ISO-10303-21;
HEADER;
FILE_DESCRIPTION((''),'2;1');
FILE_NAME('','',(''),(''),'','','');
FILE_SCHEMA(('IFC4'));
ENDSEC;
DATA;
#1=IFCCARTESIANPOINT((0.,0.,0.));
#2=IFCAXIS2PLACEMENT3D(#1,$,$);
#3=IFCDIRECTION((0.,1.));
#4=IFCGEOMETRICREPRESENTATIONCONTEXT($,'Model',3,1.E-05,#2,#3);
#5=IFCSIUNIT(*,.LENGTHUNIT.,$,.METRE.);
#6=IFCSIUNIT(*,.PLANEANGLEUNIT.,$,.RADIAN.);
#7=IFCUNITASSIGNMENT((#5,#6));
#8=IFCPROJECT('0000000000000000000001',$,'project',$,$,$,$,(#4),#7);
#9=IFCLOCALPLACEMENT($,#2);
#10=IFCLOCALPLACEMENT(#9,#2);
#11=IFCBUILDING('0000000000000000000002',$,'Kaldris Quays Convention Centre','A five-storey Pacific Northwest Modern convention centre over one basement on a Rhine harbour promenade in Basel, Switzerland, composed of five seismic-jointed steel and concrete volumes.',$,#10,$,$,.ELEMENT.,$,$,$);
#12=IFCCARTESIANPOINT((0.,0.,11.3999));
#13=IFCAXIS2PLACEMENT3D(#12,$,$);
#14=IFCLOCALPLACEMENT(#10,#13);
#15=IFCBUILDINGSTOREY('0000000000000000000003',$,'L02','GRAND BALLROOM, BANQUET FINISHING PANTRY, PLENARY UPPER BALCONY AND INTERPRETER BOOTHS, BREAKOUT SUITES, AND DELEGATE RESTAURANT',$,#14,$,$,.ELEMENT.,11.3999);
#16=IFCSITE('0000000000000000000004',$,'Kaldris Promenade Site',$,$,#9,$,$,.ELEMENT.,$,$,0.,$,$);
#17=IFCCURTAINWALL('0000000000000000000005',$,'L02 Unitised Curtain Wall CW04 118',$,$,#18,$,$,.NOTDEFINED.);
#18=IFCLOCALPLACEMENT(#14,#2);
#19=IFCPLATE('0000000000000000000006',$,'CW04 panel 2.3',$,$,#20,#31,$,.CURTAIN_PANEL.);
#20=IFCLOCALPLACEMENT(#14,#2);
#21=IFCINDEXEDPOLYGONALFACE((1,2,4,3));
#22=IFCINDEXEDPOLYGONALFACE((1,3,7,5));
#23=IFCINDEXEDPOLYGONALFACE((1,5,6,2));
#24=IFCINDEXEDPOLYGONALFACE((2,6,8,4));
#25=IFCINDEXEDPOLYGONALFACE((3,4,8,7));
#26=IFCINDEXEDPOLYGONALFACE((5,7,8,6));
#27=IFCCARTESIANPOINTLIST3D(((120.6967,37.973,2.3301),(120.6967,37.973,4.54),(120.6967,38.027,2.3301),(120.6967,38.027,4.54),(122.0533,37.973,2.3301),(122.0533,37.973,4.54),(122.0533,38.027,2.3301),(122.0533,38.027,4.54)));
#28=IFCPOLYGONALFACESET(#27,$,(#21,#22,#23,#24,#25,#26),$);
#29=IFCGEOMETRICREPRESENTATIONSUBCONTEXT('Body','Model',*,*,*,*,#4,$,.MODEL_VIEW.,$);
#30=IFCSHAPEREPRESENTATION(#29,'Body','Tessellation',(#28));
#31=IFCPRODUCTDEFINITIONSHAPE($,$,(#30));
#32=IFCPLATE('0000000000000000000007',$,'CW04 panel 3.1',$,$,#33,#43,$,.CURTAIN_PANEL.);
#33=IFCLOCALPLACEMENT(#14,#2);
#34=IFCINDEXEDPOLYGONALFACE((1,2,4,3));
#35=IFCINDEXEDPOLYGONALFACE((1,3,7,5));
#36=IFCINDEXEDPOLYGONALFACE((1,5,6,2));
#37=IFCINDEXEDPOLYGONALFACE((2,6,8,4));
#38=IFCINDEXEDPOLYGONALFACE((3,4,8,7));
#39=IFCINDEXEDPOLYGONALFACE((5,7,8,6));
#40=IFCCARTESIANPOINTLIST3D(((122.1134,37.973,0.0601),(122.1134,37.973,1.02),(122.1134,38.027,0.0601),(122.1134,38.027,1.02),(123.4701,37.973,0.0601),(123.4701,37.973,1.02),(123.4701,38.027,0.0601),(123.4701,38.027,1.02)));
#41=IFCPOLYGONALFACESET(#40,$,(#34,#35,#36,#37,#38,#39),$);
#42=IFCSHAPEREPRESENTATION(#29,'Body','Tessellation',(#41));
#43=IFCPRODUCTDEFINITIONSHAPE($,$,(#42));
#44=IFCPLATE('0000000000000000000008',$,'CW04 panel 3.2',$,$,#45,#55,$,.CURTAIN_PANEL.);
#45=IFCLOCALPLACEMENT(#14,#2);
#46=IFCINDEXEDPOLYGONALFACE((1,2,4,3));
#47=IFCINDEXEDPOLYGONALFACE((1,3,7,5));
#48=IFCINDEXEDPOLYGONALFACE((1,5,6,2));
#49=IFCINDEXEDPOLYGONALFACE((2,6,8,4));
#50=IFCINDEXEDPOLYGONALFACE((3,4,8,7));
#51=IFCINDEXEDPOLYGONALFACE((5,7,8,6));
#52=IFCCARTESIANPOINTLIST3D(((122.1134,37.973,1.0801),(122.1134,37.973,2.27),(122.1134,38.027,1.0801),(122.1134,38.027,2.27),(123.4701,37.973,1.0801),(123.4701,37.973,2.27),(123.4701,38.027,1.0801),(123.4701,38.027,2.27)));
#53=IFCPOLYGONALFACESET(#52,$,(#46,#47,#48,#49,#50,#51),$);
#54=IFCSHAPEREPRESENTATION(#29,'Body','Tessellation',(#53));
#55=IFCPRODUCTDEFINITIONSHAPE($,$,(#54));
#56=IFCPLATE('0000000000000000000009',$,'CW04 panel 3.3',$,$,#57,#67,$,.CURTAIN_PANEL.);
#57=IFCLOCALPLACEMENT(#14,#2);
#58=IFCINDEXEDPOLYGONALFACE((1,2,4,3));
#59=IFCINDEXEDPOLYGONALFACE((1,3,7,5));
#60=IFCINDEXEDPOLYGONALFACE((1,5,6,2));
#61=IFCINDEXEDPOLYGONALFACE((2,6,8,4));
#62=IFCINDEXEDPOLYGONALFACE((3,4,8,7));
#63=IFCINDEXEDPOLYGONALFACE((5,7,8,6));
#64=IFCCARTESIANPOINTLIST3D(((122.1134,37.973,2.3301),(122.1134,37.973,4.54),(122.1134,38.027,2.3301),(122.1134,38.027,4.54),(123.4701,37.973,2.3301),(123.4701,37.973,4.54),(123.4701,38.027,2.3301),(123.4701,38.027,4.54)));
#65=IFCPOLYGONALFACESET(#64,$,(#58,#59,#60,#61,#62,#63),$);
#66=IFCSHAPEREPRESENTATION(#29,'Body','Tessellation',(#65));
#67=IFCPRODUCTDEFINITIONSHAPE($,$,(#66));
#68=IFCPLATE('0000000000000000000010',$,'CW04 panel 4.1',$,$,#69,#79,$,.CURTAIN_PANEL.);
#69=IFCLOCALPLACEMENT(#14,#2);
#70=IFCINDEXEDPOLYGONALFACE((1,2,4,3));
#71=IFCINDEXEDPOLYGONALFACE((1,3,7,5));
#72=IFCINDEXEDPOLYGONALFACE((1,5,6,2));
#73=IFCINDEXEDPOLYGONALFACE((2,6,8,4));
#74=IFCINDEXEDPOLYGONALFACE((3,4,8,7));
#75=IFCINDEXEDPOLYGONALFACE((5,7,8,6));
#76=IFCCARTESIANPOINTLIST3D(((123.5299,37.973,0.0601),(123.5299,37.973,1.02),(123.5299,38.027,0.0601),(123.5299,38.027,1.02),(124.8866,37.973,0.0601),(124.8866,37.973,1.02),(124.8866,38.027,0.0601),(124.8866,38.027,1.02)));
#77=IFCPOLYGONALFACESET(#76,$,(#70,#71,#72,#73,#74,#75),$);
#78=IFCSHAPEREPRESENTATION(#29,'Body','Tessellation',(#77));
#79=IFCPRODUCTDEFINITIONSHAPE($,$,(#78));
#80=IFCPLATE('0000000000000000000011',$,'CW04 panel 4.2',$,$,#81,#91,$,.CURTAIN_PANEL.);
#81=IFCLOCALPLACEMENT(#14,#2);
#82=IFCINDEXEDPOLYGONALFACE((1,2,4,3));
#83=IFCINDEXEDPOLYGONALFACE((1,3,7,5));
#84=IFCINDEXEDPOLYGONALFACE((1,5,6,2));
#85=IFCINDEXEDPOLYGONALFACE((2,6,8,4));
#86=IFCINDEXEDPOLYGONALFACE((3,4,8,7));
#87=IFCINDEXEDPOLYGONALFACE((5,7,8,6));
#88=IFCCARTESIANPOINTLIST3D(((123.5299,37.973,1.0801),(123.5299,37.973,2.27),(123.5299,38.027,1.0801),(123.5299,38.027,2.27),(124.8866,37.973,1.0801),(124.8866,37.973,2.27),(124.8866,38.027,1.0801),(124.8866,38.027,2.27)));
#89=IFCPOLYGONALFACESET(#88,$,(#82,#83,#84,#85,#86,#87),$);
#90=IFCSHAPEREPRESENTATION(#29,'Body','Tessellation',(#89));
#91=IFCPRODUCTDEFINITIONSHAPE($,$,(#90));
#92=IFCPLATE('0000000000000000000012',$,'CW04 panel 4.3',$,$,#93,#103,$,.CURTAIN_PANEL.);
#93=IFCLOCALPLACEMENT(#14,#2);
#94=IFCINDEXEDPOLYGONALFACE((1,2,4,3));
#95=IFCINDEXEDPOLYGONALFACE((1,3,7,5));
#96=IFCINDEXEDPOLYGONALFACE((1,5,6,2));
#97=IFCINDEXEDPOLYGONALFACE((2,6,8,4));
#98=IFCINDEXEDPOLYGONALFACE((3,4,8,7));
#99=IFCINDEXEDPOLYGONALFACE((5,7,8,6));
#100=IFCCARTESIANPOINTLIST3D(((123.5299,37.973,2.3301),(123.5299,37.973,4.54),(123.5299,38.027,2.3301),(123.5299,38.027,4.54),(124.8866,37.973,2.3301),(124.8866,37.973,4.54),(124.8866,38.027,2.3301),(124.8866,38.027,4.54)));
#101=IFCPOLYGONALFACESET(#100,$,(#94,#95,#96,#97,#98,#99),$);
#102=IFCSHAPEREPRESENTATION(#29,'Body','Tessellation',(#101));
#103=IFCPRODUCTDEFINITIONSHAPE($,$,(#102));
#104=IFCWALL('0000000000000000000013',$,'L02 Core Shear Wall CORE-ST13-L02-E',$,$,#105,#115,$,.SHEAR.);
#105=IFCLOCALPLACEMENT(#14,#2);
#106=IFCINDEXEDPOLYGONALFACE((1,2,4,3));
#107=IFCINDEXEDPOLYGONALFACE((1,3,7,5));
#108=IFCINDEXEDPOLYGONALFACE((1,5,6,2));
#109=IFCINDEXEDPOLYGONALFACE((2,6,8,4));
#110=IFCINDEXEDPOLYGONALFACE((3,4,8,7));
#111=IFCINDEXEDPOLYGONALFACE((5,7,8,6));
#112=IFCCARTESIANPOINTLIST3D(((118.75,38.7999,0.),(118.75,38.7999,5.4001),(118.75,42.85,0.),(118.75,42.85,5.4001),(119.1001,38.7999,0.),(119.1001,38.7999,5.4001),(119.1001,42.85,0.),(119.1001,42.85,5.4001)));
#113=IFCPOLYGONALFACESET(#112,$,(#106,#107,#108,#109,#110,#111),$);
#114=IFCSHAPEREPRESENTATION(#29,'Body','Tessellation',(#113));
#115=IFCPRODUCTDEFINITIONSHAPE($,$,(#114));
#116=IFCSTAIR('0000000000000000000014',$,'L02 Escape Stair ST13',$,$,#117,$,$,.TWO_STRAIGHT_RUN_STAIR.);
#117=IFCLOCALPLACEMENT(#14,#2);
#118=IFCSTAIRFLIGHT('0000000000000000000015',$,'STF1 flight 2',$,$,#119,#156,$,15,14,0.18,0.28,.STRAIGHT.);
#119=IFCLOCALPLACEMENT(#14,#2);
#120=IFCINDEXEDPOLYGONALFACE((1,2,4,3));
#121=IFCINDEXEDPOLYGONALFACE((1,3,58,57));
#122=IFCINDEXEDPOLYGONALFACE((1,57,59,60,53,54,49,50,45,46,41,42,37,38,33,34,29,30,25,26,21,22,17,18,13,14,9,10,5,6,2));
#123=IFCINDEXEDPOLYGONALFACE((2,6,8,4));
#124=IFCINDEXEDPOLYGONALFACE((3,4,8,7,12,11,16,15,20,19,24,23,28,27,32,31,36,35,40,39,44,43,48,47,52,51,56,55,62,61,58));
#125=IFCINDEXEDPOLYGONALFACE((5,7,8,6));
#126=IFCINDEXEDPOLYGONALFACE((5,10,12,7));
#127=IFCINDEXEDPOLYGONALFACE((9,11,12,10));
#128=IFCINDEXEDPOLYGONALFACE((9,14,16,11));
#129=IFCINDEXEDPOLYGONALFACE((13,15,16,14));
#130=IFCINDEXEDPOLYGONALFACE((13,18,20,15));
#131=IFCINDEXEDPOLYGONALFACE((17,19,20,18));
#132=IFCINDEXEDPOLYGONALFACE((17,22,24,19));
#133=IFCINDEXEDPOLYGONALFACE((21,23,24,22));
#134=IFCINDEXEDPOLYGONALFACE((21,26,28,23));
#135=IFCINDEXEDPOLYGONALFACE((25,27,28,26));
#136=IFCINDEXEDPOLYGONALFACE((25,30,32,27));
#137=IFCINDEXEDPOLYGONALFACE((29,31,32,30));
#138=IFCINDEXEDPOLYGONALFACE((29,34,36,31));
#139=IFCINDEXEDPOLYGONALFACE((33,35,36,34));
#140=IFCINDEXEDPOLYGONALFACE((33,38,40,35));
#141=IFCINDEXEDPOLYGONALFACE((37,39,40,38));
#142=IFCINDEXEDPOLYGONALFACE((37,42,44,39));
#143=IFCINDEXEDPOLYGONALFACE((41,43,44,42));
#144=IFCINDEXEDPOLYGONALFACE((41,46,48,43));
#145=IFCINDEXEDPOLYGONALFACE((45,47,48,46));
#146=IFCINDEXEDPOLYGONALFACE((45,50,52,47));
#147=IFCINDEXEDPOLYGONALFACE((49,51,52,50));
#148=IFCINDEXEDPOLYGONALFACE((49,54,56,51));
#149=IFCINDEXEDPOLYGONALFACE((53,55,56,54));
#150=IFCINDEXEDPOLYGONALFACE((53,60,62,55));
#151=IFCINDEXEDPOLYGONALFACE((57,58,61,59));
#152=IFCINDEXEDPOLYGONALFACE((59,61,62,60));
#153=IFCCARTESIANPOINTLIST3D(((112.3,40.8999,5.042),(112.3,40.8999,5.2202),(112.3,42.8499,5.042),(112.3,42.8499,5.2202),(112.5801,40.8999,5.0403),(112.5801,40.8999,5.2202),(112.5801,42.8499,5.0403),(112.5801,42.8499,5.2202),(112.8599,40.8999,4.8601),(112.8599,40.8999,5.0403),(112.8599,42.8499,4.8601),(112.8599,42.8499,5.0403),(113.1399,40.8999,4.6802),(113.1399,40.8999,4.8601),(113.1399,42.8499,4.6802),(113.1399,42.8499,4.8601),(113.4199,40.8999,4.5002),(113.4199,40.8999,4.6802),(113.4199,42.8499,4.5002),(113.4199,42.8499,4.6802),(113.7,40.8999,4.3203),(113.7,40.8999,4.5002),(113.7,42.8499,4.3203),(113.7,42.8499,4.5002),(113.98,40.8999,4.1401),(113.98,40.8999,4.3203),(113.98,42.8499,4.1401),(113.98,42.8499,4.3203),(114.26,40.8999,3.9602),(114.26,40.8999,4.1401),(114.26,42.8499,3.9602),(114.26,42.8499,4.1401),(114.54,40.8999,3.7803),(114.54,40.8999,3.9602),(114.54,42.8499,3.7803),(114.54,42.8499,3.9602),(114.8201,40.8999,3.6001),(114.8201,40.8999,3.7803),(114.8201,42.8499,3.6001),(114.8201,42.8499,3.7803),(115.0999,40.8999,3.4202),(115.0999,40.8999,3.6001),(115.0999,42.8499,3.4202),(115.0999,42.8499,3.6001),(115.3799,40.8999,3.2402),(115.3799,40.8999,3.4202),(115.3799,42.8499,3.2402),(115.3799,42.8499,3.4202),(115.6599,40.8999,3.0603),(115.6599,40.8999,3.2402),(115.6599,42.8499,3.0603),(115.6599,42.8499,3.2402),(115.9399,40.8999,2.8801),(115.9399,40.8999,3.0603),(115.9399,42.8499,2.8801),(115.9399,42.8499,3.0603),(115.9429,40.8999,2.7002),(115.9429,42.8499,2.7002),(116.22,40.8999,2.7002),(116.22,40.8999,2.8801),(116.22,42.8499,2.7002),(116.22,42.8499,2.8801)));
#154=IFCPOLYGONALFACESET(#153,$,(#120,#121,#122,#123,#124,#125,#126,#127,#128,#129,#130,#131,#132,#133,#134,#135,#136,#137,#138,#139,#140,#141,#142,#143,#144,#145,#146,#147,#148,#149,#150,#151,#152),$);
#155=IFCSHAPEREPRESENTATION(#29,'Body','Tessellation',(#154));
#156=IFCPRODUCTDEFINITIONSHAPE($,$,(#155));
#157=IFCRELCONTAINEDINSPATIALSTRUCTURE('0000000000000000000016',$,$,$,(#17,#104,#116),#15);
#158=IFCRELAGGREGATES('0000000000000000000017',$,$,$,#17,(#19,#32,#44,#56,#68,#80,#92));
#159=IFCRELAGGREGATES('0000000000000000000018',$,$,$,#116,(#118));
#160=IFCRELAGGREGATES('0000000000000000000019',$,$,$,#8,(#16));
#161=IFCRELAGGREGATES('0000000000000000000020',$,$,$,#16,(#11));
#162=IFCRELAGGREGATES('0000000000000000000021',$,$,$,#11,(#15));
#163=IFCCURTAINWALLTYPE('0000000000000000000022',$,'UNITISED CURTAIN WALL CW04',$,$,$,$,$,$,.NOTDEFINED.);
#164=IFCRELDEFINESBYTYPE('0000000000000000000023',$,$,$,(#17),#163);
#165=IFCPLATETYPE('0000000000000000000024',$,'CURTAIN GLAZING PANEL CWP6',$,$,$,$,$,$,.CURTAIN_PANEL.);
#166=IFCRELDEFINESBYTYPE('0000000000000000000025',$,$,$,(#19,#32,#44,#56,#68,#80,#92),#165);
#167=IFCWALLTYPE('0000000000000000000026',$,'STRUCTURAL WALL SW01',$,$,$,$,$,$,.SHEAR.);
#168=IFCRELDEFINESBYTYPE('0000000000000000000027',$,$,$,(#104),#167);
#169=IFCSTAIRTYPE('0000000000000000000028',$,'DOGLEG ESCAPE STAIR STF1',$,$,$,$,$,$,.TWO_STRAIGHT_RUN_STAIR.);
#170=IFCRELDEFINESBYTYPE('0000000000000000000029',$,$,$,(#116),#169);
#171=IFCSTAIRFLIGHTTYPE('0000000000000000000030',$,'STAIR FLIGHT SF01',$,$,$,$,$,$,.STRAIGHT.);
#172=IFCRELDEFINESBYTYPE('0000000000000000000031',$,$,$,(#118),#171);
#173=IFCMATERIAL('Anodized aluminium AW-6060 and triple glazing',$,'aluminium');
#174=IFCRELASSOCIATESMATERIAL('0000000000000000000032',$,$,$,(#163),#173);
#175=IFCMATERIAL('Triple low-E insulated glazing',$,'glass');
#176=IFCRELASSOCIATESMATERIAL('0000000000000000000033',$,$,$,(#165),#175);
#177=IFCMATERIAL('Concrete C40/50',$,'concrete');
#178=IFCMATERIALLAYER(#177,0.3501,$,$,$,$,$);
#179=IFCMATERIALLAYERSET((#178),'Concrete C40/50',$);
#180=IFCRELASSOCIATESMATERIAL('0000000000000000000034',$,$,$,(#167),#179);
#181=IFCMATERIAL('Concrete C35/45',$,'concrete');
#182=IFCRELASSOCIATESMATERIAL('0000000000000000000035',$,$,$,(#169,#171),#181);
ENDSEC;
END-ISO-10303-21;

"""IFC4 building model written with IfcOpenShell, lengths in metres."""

from ifc_helpers import new_model, si_unit, direction, frame, frame_2d, origin, origin_2d, place, context, subcontext, project, spatial, polyline, rectangle, outline, extrude, material, layer, layer_set, type_object, element, aggregate, save


model = new_model("IFC4")

# Units and contexts
model_context = context("Model", 3, precision=1e-05, world=origin(), true_north=direction((0.0, 1.0)))
body_context = subcontext(model_context, "Body", "Model", "MODEL_VIEW")
ifc_project = project(units=[si_unit("LENGTHUNIT", "METRE"), si_unit("PLANEANGLEUNIT", "RADIAN")], contexts=[model_context])

# Site, building, storey
site_placement = place(None, origin())
site = spatial("IfcSite", under=ifc_project, at=site_placement, Name="Kaldris Promenade Site", CompositionType="ELEMENT", RefElevation=0.0)
building_placement = place(site_placement, origin())
building = spatial("IfcBuilding", under=site, at=building_placement, Name="Kaldris Quays Convention Centre", Description="A five-storey Pacific Northwest Modern convention centre over one basement on a Rhine harbour promenade in Basel, Switzerland, composed of five seismic-jointed steel and concrete volumes.", CompositionType="ELEMENT")
storey_placement = place(building_placement, frame((0.0, 0.0, 11.3999)))
storey = spatial("IfcBuildingStorey", under=building, at=storey_placement, Name="L02", Description="GRAND BALLROOM, BANQUET FINISHING PANTRY, PLENARY UPPER BALCONY AND INTERPRETER BOOTHS, BREAKOUT SUITES, AND DELEGATE RESTAURANT", CompositionType="ELEMENT", Elevation=11.3999)

# Curtain wall, plates
ifc_material_1 = material(Name="Anodized aluminium AW-6060 and triple glazing", Category="aluminium")
curtain_wall_type = type_object("IfcCurtainWallType", Name="UNITISED CURTAIN WALL CW04", PredefinedType="NOTDEFINED", material=ifc_material_1)
curtain_wall_placement = place(storey_placement, origin())
curtain_wall = element("IfcCurtainWall", 1, at=curtain_wall_placement, inside=storey, type_object=curtain_wall_type, Name="L02 Unitised Curtain Wall CW04 118", PredefinedType="NOTDEFINED")
ifc_material_2 = material(Name="Triple low-E insulated glazing", Category="glass")
plate_type = type_object("IfcPlateType", Name="CURTAIN GLAZING PANEL CWP6", PredefinedType="CURTAIN_PANEL", material=ifc_material_2)
plate_1_placement = place(storey_placement, frame((121.375, 38.0, 2.3301), z_axis=(0.0, 0.0, 1.0), x_axis=(1.0, 0.0, 0.0)))
plate_1 = element("IfcPlate", 2, at=plate_1_placement, type_object=plate_type, Name="CW04 panel 2.3", PredefinedType="CURTAIN_PANEL", context=body_context, shape_type="SweptSolid", body=[
    extrude(rectangle(XDim=1.3567, YDim=0.054, at=origin_2d()), origin(), (0.0, 0.0, 1.0), 2.21),
])
plate_2_placement = place(storey_placement, frame((122.7917, 38.0, 0.0601), z_axis=(0.0, 0.0, 1.0), x_axis=(1.0, 0.0, 0.0)))
plate_2 = element("IfcPlate", 3, at=plate_2_placement, type_object=plate_type, Name="CW04 panel 3.1", PredefinedType="CURTAIN_PANEL", context=body_context, shape_type="SweptSolid", body=[
    extrude(rectangle(XDim=1.3567, YDim=0.054, at=origin_2d()), origin(), (0.0, 0.0, 1.0), 0.96),
])
plate_3_placement = place(storey_placement, frame((122.7917, 38.0, 1.0801), z_axis=(0.0, 0.0, 1.0), x_axis=(1.0, 0.0, 0.0)))
plate_3 = element("IfcPlate", 4, at=plate_3_placement, type_object=plate_type, Name="CW04 panel 3.2", PredefinedType="CURTAIN_PANEL", context=body_context, shape_type="SweptSolid", body=[
    extrude(rectangle(XDim=1.3567, YDim=0.054, at=origin_2d()), origin(), (0.0, 0.0, 1.0), 1.1899),
])
plate_4_placement = place(storey_placement, frame((122.7917, 38.0, 2.3301), z_axis=(0.0, 0.0, 1.0), x_axis=(1.0, 0.0, 0.0)))
plate_4 = element("IfcPlate", 5, at=plate_4_placement, type_object=plate_type, Name="CW04 panel 3.3", PredefinedType="CURTAIN_PANEL", context=body_context, shape_type="SweptSolid", body=[
    extrude(rectangle(XDim=1.3567, YDim=0.054, at=origin_2d()), origin(), (0.0, 0.0, 1.0), 2.21),
])
plate_5_placement = place(storey_placement, frame((124.2083, 38.0, 0.0601), z_axis=(0.0, 0.0, 1.0), x_axis=(1.0, 0.0, 0.0)))
plate_5 = element("IfcPlate", 6, at=plate_5_placement, type_object=plate_type, Name="CW04 panel 4.1", PredefinedType="CURTAIN_PANEL", context=body_context, shape_type="SweptSolid", body=[
    extrude(rectangle(XDim=1.3567, YDim=0.054, at=origin_2d()), origin(), (0.0, 0.0, 1.0), 0.96),
])
plate_6_placement = place(storey_placement, frame((124.2083, 38.0, 1.0801), z_axis=(0.0, 0.0, 1.0), x_axis=(1.0, 0.0, 0.0)))
plate_6 = element("IfcPlate", 7, at=plate_6_placement, type_object=plate_type, Name="CW04 panel 4.2", PredefinedType="CURTAIN_PANEL", context=body_context, shape_type="SweptSolid", body=[
    extrude(rectangle(XDim=1.3567, YDim=0.054, at=origin_2d()), origin(), (0.0, 0.0, 1.0), 1.1899),
])
plate_7_placement = place(storey_placement, frame((124.2083, 38.0, 2.3301), z_axis=(0.0, 0.0, 1.0), x_axis=(1.0, 0.0, 0.0)))
plate_7 = element("IfcPlate", 8, at=plate_7_placement, type_object=plate_type, Name="CW04 panel 4.3", PredefinedType="CURTAIN_PANEL", context=body_context, shape_type="SweptSolid", body=[
    extrude(rectangle(XDim=1.3567, YDim=0.054, at=origin_2d()), origin(), (0.0, 0.0, 1.0), 2.21),
])
aggregate(curtain_wall, [plate_1, plate_2, plate_3, plate_4, plate_5, plate_6, plate_7])

# Wall
ifc_material_3 = material(Name="Concrete C40/50", Category="concrete")
ifc_layer = layer(ifc_material_3, 0.3501)
ifc_layer_set = layer_set([ifc_layer], Name="Concrete C40/50")
wall_type = type_object("IfcWallType", Name="STRUCTURAL WALL SW01", PredefinedType="SHEAR", material=ifc_layer_set)
wall_placement = place(storey_placement, frame((118.925, 38.8, 0.0), z_axis=(0.0, 0.0, 1.0), x_axis=(0.0, 1.0, 0.0)))
element("IfcWall", 9, at=wall_placement, inside=storey, type_object=wall_type, Name="L02 Core Shear Wall CORE-ST13-L02-E", PredefinedType="SHEAR", context=body_context, shape_type="SweptSolid", body=[
    extrude(rectangle(XDim=4.05, YDim=0.3501, at=frame_2d((2.0249, 0.0))), origin(), (0.0, 0.0, 1.0), 5.4001),
])

# Stair, stair flight
ifc_material_4 = material(Name="Concrete C35/45", Category="concrete")
stair_type = type_object("IfcStairType", Name="DOGLEG ESCAPE STAIR STF1", PredefinedType="TWO_STRAIGHT_RUN_STAIR", material=ifc_material_4)
stair_placement = place(storey_placement, origin())
stair = element("IfcStair", 10, at=stair_placement, inside=storey, type_object=stair_type, Name="L02 Escape Stair ST13", PredefinedType="TWO_STRAIGHT_RUN_STAIR")
stair_flight_type = type_object("IfcStairFlightType", Name="STAIR FLIGHT SF01", PredefinedType="STRAIGHT", material=ifc_material_4)
stair_flight_placement = place(storey_placement, frame((116.22, 41.875, 2.7002), z_axis=(0.0, 0.0, 1.0), x_axis=(-1.0, 0.0, 0.0)))
stair_flight = element("IfcStairFlight", 11, at=stair_flight_placement, type_object=stair_flight_type, Name="STF1 flight 2", NumberOfRisers=15, NumberOfTreads=14, PredefinedType="STRAIGHT", RiserHeight=0.18, TreadLength=0.28, context=body_context, shape_type="SweptSolid", body=[
    extrude(outline(polyline([(0.0, 0.0), (0.0, 0.1799), (0.28, 0.1799), (0.28, 0.3601), (0.5601, 0.3601), (0.5601, 0.54), (0.8401, 0.54), (0.8401, 0.72), (1.1201, 0.72), (1.1201, 0.8999), (1.3999, 0.8999), (1.3999, 1.0801), (1.6799, 1.0801), (1.6799, 1.26), (1.96, 1.26), (1.96, 1.4399), (2.24, 1.4399), (2.24, 1.6201), (2.52, 1.6201), (2.52, 1.8), (2.8, 1.8), (2.8, 1.98), (3.0801, 1.98), (3.0801, 2.1599), (3.3601, 2.1599), (3.3601, 2.3401), (3.6399, 2.3401), (3.6399, 2.52), (3.9199, 2.52), (3.9199, 2.7), (3.9199, 2.3418), (0.2771, 0.0), (0.0, 0.0)])), frame((0.0, 0.9751, 0.0), z_axis=(0.0, -1.0, 0.0), x_axis=(1.0, 0.0, 0.0)), (0.0, 0.0, 1.0), 1.95),
])
aggregate(stair, [stair_flight])

save(model, "model.ifc")
